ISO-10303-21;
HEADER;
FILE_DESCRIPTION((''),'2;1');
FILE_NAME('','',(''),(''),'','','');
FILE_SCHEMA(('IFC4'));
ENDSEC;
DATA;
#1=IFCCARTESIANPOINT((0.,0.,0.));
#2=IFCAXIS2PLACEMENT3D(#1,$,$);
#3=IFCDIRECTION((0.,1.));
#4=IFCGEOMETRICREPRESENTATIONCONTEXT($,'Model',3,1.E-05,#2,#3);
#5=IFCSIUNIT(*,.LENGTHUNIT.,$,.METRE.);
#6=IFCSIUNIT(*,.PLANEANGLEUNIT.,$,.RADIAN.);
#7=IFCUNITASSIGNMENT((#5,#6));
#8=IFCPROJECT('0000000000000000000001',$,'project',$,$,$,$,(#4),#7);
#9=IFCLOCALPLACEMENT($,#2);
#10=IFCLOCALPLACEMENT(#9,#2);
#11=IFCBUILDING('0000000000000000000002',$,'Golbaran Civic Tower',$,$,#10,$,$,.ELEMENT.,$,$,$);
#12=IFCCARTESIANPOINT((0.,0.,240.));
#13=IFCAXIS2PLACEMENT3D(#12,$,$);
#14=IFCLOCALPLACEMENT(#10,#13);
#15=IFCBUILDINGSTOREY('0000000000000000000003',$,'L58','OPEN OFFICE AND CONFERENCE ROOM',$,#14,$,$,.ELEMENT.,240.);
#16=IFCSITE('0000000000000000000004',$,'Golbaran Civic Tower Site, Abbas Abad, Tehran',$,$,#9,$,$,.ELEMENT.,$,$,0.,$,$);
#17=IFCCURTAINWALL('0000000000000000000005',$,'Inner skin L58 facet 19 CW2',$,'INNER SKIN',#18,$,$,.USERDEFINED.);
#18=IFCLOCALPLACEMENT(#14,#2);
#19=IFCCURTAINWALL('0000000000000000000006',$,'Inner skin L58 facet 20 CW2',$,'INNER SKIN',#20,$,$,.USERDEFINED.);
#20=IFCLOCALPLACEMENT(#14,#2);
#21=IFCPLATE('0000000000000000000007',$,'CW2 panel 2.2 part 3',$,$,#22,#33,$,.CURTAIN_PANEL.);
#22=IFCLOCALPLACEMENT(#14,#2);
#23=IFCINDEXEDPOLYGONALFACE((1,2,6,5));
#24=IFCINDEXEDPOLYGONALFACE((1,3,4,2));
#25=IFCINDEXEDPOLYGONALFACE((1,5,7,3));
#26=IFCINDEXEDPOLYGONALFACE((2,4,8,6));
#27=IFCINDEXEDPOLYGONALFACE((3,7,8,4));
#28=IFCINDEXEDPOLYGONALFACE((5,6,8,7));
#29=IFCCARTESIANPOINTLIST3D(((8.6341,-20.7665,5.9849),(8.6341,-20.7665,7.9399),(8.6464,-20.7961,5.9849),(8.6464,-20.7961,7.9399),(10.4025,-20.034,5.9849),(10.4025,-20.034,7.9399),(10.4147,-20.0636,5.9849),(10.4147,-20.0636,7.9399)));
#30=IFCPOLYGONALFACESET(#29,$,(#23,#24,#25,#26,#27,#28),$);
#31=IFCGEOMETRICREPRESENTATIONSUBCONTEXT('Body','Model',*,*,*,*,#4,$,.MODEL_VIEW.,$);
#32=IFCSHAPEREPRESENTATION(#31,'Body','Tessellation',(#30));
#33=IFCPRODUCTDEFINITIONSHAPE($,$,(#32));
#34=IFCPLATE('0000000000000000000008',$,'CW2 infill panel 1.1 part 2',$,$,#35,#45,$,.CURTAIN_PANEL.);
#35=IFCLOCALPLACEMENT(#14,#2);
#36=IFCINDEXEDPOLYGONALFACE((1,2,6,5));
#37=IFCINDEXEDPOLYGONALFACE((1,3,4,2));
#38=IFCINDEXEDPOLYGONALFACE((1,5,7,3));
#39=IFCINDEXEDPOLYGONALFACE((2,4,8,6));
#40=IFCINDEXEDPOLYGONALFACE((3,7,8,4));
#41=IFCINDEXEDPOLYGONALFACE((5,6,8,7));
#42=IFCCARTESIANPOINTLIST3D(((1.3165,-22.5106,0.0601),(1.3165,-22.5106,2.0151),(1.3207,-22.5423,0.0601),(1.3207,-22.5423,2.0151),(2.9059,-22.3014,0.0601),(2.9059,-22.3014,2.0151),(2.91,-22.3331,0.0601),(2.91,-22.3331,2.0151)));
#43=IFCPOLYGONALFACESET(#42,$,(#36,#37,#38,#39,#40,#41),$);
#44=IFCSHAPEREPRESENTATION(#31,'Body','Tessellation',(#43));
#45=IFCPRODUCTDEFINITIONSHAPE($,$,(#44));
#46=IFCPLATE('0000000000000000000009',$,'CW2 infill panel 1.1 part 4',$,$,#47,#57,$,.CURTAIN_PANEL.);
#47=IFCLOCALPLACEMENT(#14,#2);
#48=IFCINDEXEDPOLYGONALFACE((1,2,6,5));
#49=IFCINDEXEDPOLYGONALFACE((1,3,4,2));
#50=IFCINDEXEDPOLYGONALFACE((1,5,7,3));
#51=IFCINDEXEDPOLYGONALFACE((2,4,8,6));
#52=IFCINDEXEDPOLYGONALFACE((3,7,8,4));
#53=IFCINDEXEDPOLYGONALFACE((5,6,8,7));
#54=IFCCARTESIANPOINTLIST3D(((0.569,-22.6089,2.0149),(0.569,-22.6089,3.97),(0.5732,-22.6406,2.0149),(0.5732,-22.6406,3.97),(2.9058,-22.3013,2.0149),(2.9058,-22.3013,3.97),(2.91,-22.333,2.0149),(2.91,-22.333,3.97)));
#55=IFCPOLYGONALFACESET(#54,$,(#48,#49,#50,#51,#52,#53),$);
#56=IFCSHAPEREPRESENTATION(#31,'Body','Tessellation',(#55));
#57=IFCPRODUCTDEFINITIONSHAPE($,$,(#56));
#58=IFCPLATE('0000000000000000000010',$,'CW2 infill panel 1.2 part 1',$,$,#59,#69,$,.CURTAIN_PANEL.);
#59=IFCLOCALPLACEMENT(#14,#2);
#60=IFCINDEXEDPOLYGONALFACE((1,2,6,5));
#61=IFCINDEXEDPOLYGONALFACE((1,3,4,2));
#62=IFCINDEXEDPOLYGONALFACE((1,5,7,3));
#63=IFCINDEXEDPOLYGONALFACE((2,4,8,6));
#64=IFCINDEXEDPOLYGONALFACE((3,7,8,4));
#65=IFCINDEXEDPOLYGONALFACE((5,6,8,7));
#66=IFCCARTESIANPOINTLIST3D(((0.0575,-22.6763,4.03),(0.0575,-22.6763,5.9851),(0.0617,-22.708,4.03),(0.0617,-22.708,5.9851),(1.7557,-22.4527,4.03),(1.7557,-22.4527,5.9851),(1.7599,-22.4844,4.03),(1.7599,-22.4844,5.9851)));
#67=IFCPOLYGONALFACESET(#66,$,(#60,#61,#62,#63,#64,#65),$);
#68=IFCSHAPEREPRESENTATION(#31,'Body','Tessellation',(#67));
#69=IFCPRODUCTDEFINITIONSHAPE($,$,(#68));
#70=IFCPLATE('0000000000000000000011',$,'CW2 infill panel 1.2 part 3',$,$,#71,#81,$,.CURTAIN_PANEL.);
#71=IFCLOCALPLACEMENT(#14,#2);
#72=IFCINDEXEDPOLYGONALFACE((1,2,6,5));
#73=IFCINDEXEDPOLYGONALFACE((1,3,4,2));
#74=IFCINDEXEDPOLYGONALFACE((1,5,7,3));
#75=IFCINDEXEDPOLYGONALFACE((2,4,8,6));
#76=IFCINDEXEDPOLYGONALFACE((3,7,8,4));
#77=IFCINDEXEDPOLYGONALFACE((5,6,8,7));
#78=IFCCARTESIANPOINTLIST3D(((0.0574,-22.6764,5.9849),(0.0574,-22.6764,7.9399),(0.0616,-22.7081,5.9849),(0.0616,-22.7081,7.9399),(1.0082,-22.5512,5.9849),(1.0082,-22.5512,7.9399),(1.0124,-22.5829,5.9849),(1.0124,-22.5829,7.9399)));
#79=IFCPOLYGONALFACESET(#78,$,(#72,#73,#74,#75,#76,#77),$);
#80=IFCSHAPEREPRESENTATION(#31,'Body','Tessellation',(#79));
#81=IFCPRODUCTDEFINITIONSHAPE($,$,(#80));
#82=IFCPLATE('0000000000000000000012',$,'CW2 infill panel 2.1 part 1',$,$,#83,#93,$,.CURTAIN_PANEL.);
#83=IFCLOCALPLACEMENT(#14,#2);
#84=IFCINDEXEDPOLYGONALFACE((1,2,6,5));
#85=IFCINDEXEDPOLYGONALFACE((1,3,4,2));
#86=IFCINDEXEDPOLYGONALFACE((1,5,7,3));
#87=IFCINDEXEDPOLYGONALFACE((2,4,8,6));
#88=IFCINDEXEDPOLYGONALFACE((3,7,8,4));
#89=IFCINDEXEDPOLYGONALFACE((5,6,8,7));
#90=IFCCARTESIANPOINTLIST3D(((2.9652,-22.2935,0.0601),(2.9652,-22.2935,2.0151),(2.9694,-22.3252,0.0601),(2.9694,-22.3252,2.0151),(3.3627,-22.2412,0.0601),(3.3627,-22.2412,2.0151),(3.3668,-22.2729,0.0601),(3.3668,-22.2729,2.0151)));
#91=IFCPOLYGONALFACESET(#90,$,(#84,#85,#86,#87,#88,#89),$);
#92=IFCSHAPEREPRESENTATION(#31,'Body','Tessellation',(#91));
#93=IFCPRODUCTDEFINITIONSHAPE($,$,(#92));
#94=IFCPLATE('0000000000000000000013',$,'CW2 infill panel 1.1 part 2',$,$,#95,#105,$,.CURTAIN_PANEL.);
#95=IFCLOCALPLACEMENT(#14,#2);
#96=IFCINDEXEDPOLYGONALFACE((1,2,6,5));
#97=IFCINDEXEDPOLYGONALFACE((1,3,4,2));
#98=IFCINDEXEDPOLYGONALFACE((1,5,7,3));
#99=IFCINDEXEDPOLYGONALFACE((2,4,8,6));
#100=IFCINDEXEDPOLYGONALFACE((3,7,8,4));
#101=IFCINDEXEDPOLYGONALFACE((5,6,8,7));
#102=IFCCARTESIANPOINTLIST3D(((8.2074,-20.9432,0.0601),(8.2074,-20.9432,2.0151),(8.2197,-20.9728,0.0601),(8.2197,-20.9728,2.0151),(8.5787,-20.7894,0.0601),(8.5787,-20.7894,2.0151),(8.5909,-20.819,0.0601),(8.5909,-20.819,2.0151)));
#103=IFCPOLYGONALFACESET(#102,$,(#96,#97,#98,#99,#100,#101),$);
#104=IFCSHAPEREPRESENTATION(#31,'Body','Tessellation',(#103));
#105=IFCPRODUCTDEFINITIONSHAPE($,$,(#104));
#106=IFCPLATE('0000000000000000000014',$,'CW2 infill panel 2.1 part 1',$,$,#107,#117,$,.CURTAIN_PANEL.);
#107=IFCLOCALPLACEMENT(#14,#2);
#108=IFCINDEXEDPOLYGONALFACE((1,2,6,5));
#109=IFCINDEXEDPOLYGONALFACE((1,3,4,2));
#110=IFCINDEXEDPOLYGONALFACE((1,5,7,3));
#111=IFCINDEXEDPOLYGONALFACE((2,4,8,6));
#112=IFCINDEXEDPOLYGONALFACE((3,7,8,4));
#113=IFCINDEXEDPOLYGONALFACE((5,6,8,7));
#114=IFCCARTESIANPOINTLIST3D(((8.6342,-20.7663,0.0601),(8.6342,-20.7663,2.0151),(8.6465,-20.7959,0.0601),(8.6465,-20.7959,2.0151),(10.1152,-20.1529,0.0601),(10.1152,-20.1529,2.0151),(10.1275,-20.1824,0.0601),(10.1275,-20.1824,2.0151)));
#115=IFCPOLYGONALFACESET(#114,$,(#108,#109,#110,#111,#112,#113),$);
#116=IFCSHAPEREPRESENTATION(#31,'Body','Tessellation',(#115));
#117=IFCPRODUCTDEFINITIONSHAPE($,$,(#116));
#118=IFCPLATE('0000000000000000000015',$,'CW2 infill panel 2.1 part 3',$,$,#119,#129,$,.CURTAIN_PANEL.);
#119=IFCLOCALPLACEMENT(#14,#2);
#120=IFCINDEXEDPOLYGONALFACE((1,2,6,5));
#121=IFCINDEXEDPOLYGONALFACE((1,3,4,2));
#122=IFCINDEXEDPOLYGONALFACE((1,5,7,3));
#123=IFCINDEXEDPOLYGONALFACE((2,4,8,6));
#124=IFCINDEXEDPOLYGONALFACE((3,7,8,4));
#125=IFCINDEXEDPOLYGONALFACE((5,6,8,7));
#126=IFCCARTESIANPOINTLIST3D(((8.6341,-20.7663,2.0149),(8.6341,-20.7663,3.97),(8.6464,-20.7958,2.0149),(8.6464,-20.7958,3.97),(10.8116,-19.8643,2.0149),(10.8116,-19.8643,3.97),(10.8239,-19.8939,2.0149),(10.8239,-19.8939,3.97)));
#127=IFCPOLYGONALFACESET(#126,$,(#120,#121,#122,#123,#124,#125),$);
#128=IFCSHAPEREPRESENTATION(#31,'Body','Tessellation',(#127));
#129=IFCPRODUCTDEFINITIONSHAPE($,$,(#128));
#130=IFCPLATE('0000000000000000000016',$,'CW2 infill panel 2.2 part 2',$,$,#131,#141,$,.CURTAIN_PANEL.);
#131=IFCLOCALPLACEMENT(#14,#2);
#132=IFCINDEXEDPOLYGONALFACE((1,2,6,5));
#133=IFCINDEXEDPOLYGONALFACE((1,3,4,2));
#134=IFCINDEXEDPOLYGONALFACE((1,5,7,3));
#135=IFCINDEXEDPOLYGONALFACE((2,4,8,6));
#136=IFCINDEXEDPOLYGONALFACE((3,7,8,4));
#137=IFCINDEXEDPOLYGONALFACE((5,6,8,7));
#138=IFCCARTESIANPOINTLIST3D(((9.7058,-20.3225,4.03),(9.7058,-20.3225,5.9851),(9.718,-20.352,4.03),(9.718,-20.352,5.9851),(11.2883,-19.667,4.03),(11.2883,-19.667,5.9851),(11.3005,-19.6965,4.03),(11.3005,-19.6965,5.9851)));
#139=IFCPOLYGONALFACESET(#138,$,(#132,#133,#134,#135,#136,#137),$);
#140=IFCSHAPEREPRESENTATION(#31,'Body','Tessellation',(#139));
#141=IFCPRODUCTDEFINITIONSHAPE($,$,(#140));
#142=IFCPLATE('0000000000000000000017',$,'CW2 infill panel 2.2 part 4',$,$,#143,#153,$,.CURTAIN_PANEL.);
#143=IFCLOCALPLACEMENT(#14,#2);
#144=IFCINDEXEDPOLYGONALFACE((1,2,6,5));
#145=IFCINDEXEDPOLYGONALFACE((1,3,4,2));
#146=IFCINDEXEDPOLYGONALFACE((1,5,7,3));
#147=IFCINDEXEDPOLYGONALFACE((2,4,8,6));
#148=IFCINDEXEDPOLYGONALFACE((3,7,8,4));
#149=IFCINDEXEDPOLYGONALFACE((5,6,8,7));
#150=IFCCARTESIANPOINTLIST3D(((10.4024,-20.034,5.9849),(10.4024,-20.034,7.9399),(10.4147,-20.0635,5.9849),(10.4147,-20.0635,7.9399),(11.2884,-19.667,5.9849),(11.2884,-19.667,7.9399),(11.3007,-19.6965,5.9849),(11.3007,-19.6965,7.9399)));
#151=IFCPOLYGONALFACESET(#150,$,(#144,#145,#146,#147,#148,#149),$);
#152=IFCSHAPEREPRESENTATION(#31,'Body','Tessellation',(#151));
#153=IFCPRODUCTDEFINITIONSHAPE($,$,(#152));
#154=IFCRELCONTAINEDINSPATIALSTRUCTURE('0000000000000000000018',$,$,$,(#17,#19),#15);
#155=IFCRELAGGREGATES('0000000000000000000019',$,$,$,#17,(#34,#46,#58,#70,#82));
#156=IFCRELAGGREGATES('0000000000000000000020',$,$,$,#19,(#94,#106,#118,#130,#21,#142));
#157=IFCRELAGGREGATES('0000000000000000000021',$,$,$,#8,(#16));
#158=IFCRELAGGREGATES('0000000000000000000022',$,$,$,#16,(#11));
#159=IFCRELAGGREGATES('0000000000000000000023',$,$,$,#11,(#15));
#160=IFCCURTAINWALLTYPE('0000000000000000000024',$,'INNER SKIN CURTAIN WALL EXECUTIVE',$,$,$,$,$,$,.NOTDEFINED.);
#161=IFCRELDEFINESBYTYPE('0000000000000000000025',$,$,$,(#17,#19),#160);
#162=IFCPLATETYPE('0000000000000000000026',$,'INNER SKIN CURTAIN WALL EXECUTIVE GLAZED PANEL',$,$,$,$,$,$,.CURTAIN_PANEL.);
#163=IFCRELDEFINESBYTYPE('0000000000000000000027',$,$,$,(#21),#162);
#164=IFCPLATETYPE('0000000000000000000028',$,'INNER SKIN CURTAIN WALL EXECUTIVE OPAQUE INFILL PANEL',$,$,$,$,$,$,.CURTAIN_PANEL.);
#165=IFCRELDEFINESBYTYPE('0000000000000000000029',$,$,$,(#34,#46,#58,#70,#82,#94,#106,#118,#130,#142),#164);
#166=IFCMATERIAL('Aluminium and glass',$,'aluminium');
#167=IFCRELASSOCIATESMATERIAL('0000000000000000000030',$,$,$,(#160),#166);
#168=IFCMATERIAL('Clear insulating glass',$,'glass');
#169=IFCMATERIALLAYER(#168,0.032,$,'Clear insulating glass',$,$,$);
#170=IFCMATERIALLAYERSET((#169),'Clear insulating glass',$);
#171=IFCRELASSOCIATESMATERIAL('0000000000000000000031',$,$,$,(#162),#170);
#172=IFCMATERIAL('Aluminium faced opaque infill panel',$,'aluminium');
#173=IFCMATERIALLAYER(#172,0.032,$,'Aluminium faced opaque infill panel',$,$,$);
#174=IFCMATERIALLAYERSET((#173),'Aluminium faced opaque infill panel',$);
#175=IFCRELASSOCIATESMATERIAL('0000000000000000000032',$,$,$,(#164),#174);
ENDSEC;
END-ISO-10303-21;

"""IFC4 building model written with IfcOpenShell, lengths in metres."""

from ifc_helpers import new_model, si_unit, direction, frame, origin, origin_2d, place, context, subcontext, project, spatial, rectangle, extrude, material, layer, layer_set, type_object, element, aggregate, save


model = new_model("IFC4")

# Units and contexts
model_context = context("Model", 3, precision=1e-05, world=origin(), true_north=direction((0.0, 1.0)))
body_context = subcontext(model_context, "Body", "Model", "MODEL_VIEW")
ifc_project = project(units=[si_unit("LENGTHUNIT", "METRE"), si_unit("PLANEANGLEUNIT", "RADIAN")], contexts=[model_context])

# Site, building, storey
site_placement = place(None, origin())
site = spatial("IfcSite", under=ifc_project, at=site_placement, Name="Golbaran Civic Tower Site, Abbas Abad, Tehran", CompositionType="ELEMENT", RefElevation=0.0)
building_placement = place(site_placement, origin())
building = spatial("IfcBuilding", under=site, at=building_placement, Name="Golbaran Civic Tower", CompositionType="ELEMENT")
storey_placement = place(building_placement, frame((0.0, 0.0, 240.0)))
storey = spatial("IfcBuildingStorey", under=building, at=storey_placement, Name="L58", Description="OPEN OFFICE AND CONFERENCE ROOM", CompositionType="ELEMENT", Elevation=240.0)

# Curtain walls
ifc_material_1 = material(Name="Aluminium and glass", Category="aluminium")
curtain_wall_type = type_object("IfcCurtainWallType", Name="INNER SKIN CURTAIN WALL EXECUTIVE", PredefinedType="NOTDEFINED", material=ifc_material_1)
curtain_wall_1_placement = place(storey_placement, origin())
curtain_wall_1 = element("IfcCurtainWall", 1, at=curtain_wall_1_placement, inside=storey, type_object=curtain_wall_type, Name="Inner skin L58 facet 19 CW2", ObjectType="INNER SKIN", PredefinedType="USERDEFINED")
curtain_wall_2_placement = place(storey_placement, origin())
curtain_wall_2 = element("IfcCurtainWall", 2, at=curtain_wall_2_placement, inside=storey, type_object=curtain_wall_type, Name="Inner skin L58 facet 20 CW2", ObjectType="INNER SKIN", PredefinedType="USERDEFINED")

# Plates
ifc_material_2 = material(Name="Clear insulating glass", Category="glass")
ifc_layer_1 = layer(ifc_material_2, 0.032, Name="Clear insulating glass")
ifc_layer_set_1 = layer_set([ifc_layer_1], Name="Clear insulating glass")
plate_type_1 = type_object("IfcPlateType", Name="INNER SKIN CURTAIN WALL EXECUTIVE GLAZED PANEL", PredefinedType="CURTAIN_PANEL", material=ifc_layer_set_1)
plate_1_placement = place(storey_placement, frame((9.5244, -20.415, 5.9849), z_axis=(0.0, 0.0, 1.0), x_axis=(0.92388, 0.382683, 0.0)))
plate_1 = element("IfcPlate", 3, at=plate_1_placement, type_object=plate_type_1, Name="CW2 panel 2.2 part 3", PredefinedType="CURTAIN_PANEL", context=body_context, shape_type="SweptSolid", body=[
    extrude(rectangle(XDim=1.9141, YDim=0.032, at=origin_2d()), origin(), (0.0, 0.0, 1.0), 1.9551),
])
ifc_material_3 = material(Name="Aluminium faced opaque infill panel", Category="aluminium")
ifc_layer_2 = layer(ifc_material_3, 0.032, Name="Aluminium faced opaque infill panel")
ifc_layer_set_2 = layer_set([ifc_layer_2], Name="Aluminium faced opaque infill panel")
plate_type_2 = type_object("IfcPlateType", Name="INNER SKIN CURTAIN WALL EXECUTIVE OPAQUE INFILL PANEL", PredefinedType="CURTAIN_PANEL", material=ifc_layer_set_2)
plate_2_placement = place(storey_placement, frame((2.1133, -22.4219, 0.0601), z_axis=(0.0, 0.0, 1.0), x_axis=(0.991445, 0.130526, 0.0)))
plate_2 = element("IfcPlate", 4, at=plate_2_placement, type_object=plate_type_2, Name="CW2 infill panel 1.1 part 2", PredefinedType="CURTAIN_PANEL", context=body_context, shape_type="SweptSolid", body=[
    extrude(rectangle(XDim=1.603, YDim=0.032, at=origin_2d()), origin(), (0.0, 0.0, 1.0), 1.9551),
])
plate_3_placement = place(storey_placement, frame((1.7395, -22.4709, 2.0149), z_axis=(0.0, 0.0, 1.0), x_axis=(0.991445, 0.130526, 0.0)))
plate_3 = element("IfcPlate", 5, at=plate_3_placement, type_object=plate_type_2, Name="CW2 infill panel 1.1 part 4", PredefinedType="CURTAIN_PANEL", context=body_context, shape_type="SweptSolid", body=[
    extrude(rectangle(XDim=2.3569, YDim=0.032, at=origin_2d()), origin(), (0.0, 0.0, 1.0), 1.9551),
])
plate_4_placement = place(storey_placement, frame((0.9087, -22.5803, 4.03), z_axis=(0.0, 0.0, 1.0), x_axis=(0.991445, 0.130526, 0.0)))
plate_4 = element("IfcPlate", 6, at=plate_4_placement, type_object=plate_type_2, Name="CW2 infill panel 1.2 part 1", PredefinedType="CURTAIN_PANEL", context=body_context, shape_type="SweptSolid", body=[
    extrude(rectangle(XDim=1.7129, YDim=0.032, at=origin_2d()), origin(), (0.0, 0.0, 1.0), 1.9551),
])
plate_5_placement = place(storey_placement, frame((0.5349, -22.6296, 5.9849), z_axis=(0.0, 0.0, 1.0), x_axis=(0.991445, 0.130526, 0.0)))
plate_5 = element("IfcPlate", 7, at=plate_5_placement, type_object=plate_type_2, Name="CW2 infill panel 1.2 part 3", PredefinedType="CURTAIN_PANEL", context=body_context, shape_type="SweptSolid", body=[
    extrude(rectangle(XDim=0.959, YDim=0.032, at=origin_2d()), origin(), (0.0, 0.0, 1.0), 1.9551),
])
plate_6_placement = place(storey_placement, frame((3.166, -22.2832, 0.0601), z_axis=(0.0, 0.0, 1.0), x_axis=(0.991445, 0.130526, 0.0)))
plate_6 = element("IfcPlate", 8, at=plate_6_placement, type_object=plate_type_2, Name="CW2 infill panel 2.1 part 1", PredefinedType="CURTAIN_PANEL", context=body_context, shape_type="SweptSolid", body=[
    extrude(rectangle(XDim=0.4009, YDim=0.032, at=origin_2d()), origin(), (0.0, 0.0, 1.0), 1.9551),
])
aggregate(curtain_wall_1, [plate_2, plate_3, plate_4, plate_5, plate_6])
plate_7_placement = place(storey_placement, frame((8.3992, -20.8811, 0.0601), z_axis=(0.0, 0.0, 1.0), x_axis=(0.92388, 0.382683, 0.0)))
plate_7 = element("IfcPlate", 9, at=plate_7_placement, type_object=plate_type_2, Name="CW2 infill panel 1.1 part 2", PredefinedType="CURTAIN_PANEL", context=body_context, shape_type="SweptSolid", body=[
    extrude(rectangle(XDim=0.4019, YDim=0.032, at=origin_2d()), origin(), (0.0, 0.0, 1.0), 1.9551),
])
plate_8_placement = place(storey_placement, frame((9.3809, -20.4744, 0.0601), z_axis=(0.0, 0.0, 1.0), x_axis=(0.92388, 0.382683, 0.0)))
plate_8 = element("IfcPlate", 10, at=plate_8_placement, type_object=plate_type_2, Name="CW2 infill panel 2.1 part 1", PredefinedType="CURTAIN_PANEL", context=body_context, shape_type="SweptSolid", body=[
    extrude(rectangle(XDim=1.603, YDim=0.032, at=origin_2d()), origin(), (0.0, 0.0, 1.0), 1.9551),
])
plate_9_placement = place(storey_placement, frame((9.729, -20.3301, 2.0149), z_axis=(0.0, 0.0, 1.0), x_axis=(0.92388, 0.382683, 0.0)))
plate_9 = element("IfcPlate", 11, at=plate_9_placement, type_object=plate_type_2, Name="CW2 infill panel 2.1 part 3", PredefinedType="CURTAIN_PANEL", context=body_context, shape_type="SweptSolid", body=[
    extrude(rectangle(XDim=2.3569, YDim=0.032, at=origin_2d()), origin(), (0.0, 0.0, 1.0), 1.9551),
])
plate_10_placement = place(storey_placement, frame((10.5032, -20.0095, 4.03), z_axis=(0.0, 0.0, 1.0), x_axis=(0.92388, 0.382683, 0.0)))
plate_10 = element("IfcPlate", 12, at=plate_10_placement, type_object=plate_type_2, Name="CW2 infill panel 2.2 part 2", PredefinedType="CURTAIN_PANEL", context=body_context, shape_type="SweptSolid", body=[
    extrude(rectangle(XDim=1.7129, YDim=0.032, at=origin_2d()), origin(), (0.0, 0.0, 1.0), 1.9551),
])
plate_11_placement = place(storey_placement, frame((10.8516, -19.8652, 5.9849), z_axis=(0.0, 0.0, 1.0), x_axis=(0.92388, 0.382683, 0.0)))
plate_11 = element("IfcPlate", 13, at=plate_11_placement, type_object=plate_type_2, Name="CW2 infill panel 2.2 part 4", PredefinedType="CURTAIN_PANEL", context=body_context, shape_type="SweptSolid", body=[
    extrude(rectangle(XDim=0.959, YDim=0.032, at=origin_2d()), origin(), (0.0, 0.0, 1.0), 1.9551),
])
aggregate(curtain_wall_2, [plate_7, plate_8, plate_9, plate_10, plate_1, plate_11])

save(model, "model.ifc")
